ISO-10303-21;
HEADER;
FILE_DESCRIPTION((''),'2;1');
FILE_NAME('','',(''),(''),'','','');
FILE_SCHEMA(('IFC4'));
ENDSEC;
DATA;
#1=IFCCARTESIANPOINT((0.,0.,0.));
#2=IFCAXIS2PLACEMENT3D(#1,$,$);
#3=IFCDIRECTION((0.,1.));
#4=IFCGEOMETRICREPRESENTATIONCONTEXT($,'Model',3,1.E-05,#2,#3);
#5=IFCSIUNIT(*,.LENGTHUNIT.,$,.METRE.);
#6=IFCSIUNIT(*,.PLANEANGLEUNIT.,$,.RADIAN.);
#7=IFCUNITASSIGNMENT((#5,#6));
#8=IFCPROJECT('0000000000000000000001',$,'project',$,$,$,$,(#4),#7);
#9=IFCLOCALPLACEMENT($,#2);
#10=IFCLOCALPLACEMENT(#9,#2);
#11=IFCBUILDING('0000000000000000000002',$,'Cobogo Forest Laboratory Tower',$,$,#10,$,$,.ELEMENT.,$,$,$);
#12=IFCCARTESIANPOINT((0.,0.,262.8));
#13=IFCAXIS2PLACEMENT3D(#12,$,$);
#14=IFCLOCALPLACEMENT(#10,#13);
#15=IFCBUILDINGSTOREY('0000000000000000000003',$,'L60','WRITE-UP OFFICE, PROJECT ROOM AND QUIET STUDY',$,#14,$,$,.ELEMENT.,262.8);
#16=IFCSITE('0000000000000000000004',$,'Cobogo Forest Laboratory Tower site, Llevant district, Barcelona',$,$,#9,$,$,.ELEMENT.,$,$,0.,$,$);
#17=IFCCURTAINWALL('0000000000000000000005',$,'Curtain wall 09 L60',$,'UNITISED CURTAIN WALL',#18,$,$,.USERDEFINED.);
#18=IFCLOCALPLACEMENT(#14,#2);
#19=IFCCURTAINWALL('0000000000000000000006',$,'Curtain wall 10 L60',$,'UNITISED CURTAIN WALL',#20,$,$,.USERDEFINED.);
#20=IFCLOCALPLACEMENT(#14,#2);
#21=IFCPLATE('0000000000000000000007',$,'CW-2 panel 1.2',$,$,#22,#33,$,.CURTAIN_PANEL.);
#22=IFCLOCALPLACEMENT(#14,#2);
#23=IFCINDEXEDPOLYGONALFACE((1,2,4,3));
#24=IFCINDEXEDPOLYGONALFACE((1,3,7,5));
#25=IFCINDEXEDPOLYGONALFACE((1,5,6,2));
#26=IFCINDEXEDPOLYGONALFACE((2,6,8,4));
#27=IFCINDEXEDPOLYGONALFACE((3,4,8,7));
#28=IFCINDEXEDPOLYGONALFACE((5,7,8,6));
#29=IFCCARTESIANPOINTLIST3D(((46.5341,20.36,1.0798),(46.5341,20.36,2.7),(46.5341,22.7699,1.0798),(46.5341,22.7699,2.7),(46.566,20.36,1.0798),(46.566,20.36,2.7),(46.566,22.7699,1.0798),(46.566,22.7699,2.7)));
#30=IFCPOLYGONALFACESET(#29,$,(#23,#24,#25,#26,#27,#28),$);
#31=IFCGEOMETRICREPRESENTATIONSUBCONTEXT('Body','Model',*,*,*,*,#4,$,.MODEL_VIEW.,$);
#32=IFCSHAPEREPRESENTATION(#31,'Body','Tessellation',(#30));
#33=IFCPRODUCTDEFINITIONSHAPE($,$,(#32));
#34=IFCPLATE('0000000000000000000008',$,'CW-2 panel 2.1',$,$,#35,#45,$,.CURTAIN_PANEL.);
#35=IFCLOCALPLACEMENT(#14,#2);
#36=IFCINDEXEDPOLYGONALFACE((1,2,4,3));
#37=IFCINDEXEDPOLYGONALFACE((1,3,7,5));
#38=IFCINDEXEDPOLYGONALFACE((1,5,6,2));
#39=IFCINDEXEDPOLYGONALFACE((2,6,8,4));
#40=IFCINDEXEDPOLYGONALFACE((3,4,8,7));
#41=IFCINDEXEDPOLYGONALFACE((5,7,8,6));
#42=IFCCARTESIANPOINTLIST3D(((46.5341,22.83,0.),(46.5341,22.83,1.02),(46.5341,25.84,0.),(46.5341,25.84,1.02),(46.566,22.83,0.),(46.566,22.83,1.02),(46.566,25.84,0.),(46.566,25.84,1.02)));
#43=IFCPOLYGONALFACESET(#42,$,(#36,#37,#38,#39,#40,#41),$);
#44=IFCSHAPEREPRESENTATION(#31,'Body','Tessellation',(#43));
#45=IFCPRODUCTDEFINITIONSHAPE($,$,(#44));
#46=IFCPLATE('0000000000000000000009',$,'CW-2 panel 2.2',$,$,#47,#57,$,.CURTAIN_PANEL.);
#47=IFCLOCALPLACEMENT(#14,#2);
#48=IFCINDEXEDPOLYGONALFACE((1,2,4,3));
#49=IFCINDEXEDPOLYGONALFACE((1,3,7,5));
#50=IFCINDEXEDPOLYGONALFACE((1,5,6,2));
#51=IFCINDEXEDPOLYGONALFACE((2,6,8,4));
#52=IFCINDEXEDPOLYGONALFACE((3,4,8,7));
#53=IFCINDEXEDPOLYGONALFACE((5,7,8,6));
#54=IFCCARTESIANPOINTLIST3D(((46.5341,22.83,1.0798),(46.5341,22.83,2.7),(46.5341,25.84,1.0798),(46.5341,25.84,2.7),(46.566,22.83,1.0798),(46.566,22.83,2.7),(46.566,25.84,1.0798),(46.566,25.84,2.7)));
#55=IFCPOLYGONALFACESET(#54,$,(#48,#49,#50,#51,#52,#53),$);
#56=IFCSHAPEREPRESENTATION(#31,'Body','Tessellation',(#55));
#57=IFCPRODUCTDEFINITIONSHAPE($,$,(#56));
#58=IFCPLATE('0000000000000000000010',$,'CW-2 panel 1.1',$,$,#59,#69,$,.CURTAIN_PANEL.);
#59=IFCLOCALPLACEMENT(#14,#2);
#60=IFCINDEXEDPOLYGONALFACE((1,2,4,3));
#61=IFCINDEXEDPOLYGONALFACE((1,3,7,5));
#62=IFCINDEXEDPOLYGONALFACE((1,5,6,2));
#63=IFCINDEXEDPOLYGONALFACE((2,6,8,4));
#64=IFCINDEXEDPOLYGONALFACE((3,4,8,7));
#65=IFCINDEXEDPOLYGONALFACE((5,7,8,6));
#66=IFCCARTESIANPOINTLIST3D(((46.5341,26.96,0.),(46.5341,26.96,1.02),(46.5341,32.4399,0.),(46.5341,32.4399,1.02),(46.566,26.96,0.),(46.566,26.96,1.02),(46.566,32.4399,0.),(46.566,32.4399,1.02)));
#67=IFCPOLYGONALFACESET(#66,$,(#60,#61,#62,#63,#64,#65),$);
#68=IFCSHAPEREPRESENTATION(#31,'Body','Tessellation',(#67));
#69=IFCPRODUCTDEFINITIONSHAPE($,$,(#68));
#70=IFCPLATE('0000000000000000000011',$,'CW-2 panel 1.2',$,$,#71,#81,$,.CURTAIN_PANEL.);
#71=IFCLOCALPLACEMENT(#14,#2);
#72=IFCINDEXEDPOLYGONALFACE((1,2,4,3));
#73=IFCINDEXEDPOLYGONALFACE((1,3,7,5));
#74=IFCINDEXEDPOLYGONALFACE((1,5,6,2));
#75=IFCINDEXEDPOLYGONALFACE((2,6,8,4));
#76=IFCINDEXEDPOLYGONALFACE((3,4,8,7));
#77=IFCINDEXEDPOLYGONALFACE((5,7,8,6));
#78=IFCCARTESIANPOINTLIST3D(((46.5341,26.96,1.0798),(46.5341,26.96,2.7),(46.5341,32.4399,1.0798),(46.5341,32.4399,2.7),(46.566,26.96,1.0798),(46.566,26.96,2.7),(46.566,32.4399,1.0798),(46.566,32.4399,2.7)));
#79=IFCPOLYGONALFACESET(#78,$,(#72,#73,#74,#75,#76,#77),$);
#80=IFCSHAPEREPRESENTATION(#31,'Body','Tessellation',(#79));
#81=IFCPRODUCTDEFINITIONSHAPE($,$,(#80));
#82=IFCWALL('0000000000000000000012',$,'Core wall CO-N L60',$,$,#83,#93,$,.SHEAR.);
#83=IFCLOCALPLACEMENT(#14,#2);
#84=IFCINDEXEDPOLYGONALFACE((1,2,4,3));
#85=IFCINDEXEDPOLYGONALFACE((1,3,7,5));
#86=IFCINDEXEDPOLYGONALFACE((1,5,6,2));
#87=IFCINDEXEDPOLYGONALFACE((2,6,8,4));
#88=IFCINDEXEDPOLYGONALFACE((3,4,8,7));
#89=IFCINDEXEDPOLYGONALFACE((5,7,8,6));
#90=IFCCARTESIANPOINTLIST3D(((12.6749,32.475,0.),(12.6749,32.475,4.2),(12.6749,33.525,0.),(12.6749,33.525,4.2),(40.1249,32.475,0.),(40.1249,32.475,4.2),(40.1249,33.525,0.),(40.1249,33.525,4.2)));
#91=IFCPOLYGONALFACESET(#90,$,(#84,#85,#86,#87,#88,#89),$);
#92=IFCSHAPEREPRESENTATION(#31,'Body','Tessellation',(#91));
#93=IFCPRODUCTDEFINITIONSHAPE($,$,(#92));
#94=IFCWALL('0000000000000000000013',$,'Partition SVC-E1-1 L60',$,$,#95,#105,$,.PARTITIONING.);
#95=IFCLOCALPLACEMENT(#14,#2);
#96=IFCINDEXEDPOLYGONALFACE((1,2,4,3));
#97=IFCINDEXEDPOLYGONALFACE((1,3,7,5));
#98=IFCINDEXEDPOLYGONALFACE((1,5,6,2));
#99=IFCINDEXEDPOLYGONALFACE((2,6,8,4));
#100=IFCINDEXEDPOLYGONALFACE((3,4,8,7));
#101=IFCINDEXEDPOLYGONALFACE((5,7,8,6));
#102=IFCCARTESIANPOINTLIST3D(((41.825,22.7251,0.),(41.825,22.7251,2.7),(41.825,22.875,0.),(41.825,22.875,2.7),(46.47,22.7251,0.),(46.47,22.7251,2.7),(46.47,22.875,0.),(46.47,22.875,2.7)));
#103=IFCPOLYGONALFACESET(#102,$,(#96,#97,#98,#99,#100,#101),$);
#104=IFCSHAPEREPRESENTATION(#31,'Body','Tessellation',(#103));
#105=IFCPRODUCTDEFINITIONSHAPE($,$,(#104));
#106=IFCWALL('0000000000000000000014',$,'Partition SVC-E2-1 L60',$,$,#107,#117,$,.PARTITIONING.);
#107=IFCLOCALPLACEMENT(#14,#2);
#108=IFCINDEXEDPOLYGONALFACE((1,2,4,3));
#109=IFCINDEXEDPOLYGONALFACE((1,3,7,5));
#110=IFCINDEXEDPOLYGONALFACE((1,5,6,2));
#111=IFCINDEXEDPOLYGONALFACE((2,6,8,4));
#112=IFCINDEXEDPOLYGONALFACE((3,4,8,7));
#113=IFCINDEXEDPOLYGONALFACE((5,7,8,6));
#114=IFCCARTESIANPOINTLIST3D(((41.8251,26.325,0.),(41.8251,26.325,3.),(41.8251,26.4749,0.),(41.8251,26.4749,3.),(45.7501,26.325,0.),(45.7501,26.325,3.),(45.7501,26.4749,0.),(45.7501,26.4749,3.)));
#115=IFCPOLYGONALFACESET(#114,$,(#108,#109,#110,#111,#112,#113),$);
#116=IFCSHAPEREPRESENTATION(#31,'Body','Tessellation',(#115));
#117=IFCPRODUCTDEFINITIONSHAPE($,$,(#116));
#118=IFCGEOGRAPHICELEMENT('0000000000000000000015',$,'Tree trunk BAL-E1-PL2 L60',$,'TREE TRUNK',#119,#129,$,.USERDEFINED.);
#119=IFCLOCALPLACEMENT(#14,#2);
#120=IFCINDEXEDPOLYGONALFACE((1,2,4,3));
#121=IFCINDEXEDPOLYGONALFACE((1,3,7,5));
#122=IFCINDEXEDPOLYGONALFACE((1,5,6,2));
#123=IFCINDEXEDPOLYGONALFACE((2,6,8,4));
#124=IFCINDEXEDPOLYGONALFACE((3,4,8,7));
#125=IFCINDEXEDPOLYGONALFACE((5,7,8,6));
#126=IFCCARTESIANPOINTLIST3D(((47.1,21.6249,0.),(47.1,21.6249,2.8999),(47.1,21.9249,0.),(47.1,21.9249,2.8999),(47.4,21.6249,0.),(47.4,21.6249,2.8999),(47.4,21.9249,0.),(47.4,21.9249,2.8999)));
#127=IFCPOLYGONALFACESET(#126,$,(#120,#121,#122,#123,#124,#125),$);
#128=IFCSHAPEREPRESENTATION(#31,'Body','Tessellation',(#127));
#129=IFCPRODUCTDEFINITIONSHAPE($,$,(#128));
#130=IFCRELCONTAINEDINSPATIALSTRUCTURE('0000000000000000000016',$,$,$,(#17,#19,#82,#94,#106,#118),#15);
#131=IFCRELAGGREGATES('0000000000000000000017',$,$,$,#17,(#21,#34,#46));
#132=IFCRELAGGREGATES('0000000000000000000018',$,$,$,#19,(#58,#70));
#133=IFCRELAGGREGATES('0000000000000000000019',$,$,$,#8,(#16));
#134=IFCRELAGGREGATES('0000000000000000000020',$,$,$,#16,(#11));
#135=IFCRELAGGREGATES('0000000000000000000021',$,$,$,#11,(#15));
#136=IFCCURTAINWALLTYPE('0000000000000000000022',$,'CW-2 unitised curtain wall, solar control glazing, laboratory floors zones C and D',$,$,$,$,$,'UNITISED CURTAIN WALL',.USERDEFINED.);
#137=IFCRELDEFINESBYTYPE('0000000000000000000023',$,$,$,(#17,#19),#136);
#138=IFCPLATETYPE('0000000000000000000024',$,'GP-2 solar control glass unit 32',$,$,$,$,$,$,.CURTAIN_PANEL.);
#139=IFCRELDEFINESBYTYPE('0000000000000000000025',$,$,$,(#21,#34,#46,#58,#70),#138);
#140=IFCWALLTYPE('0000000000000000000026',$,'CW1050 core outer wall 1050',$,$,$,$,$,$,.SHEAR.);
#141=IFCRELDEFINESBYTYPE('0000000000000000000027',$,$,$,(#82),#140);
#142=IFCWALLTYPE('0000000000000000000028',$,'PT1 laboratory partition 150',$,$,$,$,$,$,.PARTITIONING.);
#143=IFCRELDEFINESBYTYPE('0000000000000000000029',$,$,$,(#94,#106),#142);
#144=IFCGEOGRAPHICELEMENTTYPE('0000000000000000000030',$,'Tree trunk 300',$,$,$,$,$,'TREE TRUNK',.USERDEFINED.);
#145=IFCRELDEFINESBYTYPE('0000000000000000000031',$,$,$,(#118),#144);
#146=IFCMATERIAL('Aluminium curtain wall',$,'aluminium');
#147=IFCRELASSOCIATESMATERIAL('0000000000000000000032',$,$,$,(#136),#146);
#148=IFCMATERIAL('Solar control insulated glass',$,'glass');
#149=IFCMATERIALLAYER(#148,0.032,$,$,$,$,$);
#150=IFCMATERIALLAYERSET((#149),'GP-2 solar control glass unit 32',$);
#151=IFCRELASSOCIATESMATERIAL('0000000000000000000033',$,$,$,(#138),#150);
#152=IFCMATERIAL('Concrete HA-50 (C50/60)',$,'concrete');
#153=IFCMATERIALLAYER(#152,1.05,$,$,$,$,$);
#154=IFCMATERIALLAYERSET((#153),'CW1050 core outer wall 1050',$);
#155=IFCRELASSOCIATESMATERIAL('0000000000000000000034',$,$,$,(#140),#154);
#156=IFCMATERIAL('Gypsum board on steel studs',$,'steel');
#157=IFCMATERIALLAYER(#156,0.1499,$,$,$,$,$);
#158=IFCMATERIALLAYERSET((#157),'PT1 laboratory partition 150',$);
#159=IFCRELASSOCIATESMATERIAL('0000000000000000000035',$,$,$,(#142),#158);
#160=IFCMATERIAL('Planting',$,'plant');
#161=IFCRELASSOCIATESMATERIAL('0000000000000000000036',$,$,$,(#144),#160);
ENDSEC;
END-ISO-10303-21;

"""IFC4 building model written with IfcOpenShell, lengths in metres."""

from ifc_helpers import new_model, si_unit, direction, frame, frame_2d, origin, origin_2d, place, context, subcontext, project, spatial, rectangle, extrude, material, layer, layer_set, type_object, element, aggregate, save


model = new_model("IFC4")

# Units and contexts
model_context = context("Model", 3, precision=1e-05, world=origin(), true_north=direction((0.0, 1.0)))
body_context = subcontext(model_context, "Body", "Model", "MODEL_VIEW")
ifc_project = project(units=[si_unit("LENGTHUNIT", "METRE"), si_unit("PLANEANGLEUNIT", "RADIAN")], contexts=[model_context])

# Site, building, storey
site_placement = place(None, origin())
site = spatial("IfcSite", under=ifc_project, at=site_placement, Name="Cobogo Forest Laboratory Tower site, Llevant district, Barcelona", CompositionType="ELEMENT", RefElevation=0.0)
building_placement = place(site_placement, origin())
building = spatial("IfcBuilding", under=site, at=building_placement, Name="Cobogo Forest Laboratory Tower", CompositionType="ELEMENT")
storey_placement = place(building_placement, frame((0.0, 0.0, 262.8)))
storey = spatial("IfcBuildingStorey", under=building, at=storey_placement, Name="L60", Description="WRITE-UP OFFICE, PROJECT ROOM AND QUIET STUDY", CompositionType="ELEMENT", Elevation=262.8)

# Shared definitions
ifc_material_1 = material(Name="Concrete HA-50 (C50/60)", Category="concrete")

# Curtain walls
ifc_material_2 = material(Name="Aluminium curtain wall", Category="aluminium")
curtain_wall_type = type_object("IfcCurtainWallType", Name="CW-2 unitised curtain wall, solar control glazing, laboratory floors zones C and D", ElementType="UNITISED CURTAIN WALL", PredefinedType="USERDEFINED", material=ifc_material_2)
curtain_wall_1_placement = place(storey_placement, origin())
curtain_wall_1 = element("IfcCurtainWall", 1, at=curtain_wall_1_placement, inside=storey, type_object=curtain_wall_type, Name="Curtain wall 09 L60", ObjectType="UNITISED CURTAIN WALL", PredefinedType="USERDEFINED")
curtain_wall_2_placement = place(storey_placement, origin())
curtain_wall_2 = element("IfcCurtainWall", 2, at=curtain_wall_2_placement, inside=storey, type_object=curtain_wall_type, Name="Curtain wall 10 L60", ObjectType="UNITISED CURTAIN WALL", PredefinedType="USERDEFINED")

# Plates
ifc_material_3 = material(Name="Solar control insulated glass", Category="glass")
ifc_layer_1 = layer(ifc_material_3, 0.032)
ifc_layer_set_1 = layer_set([ifc_layer_1], Name="GP-2 solar control glass unit 32")
plate_type_1 = type_object("IfcPlateType", Name="GP-2 solar control glass unit 32", PredefinedType="CURTAIN_PANEL", material=ifc_layer_set_1)
plate_1_placement = place(storey_placement, frame((46.55, 21.5649, 1.0798), z_axis=(0.0, 0.0, 1.0), x_axis=(0.0, 1.0, 0.0)))
plate_1 = element("IfcPlate", 3, at=plate_1_placement, type_object=plate_type_1, Name="CW-2 panel 1.2", PredefinedType="CURTAIN_PANEL", context=body_context, shape_type="SweptSolid", body=[
    extrude(rectangle(XDim=2.4099, YDim=0.032, at=origin_2d()), origin(), (0.0, 0.0, 1.0), 1.6201),
])
plate_2_placement = place(storey_placement, frame((46.55, 24.335, 0.0), z_axis=(0.0, 0.0, 1.0), x_axis=(0.0, 1.0, 0.0)))
plate_2 = element("IfcPlate", 4, at=plate_2_placement, type_object=plate_type_1, Name="CW-2 panel 2.1", PredefinedType="CURTAIN_PANEL", context=body_context, shape_type="SweptSolid", body=[
    extrude(rectangle(XDim=3.01, YDim=0.032, at=origin_2d()), origin(), (0.0, 0.0, 1.0), 1.02),
])
plate_3_placement = place(storey_placement, frame((46.55, 24.335, 1.0798), z_axis=(0.0, 0.0, 1.0), x_axis=(0.0, 1.0, 0.0)))
plate_3 = element("IfcPlate", 5, at=plate_3_placement, type_object=plate_type_1, Name="CW-2 panel 2.2", PredefinedType="CURTAIN_PANEL", context=body_context, shape_type="SweptSolid", body=[
    extrude(rectangle(XDim=3.01, YDim=0.032, at=origin_2d()), origin(), (0.0, 0.0, 1.0), 1.6201),
])
aggregate(curtain_wall_1, [plate_1, plate_2, plate_3])
plate_4_placement = place(storey_placement, frame((46.55, 29.7, 0.0), z_axis=(0.0, 0.0, 1.0), x_axis=(0.0, 1.0, 0.0)))
plate_4 = element("IfcPlate", 6, at=plate_4_placement, type_object=plate_type_1, Name="CW-2 panel 1.1", PredefinedType="CURTAIN_PANEL", context=body_context, shape_type="SweptSolid", body=[
    extrude(rectangle(XDim=5.48, YDim=0.032, at=origin_2d()), origin(), (0.0, 0.0, 1.0), 1.02),
])
plate_5_placement = place(storey_placement, frame((46.55, 29.7, 1.0798), z_axis=(0.0, 0.0, 1.0), x_axis=(0.0, 1.0, 0.0)))
plate_5 = element("IfcPlate", 7, at=plate_5_placement, type_object=plate_type_1, Name="CW-2 panel 1.2", PredefinedType="CURTAIN_PANEL", context=body_context, shape_type="SweptSolid", body=[
    extrude(rectangle(XDim=5.48, YDim=0.032, at=origin_2d()), origin(), (0.0, 0.0, 1.0), 1.6201),
])
aggregate(curtain_wall_2, [plate_4, plate_5])

# Walls
ifc_layer_2 = layer(ifc_material_1, 1.05)
ifc_layer_set_2 = layer_set([ifc_layer_2], Name="CW1050 core outer wall 1050")
wall_type_1 = type_object("IfcWallType", Name="CW1050 core outer wall 1050", PredefinedType="SHEAR", material=ifc_layer_set_2)
wall_1_placement = place(storey_placement, frame((40.125, 33.0, 0.0), z_axis=(0.0, 0.0, 1.0), x_axis=(-1.0, 0.0, 0.0)))
element("IfcWall", 8, at=wall_1_placement, inside=storey, type_object=wall_type_1, Name="Core wall CO-N L60", PredefinedType="SHEAR", context=body_context, shape_type="SweptSolid", body=[
    extrude(rectangle(XDim=27.45, YDim=1.05, at=frame_2d((13.7251, 0.0))), origin(), (0.0, 0.0, 1.0), 4.2),
])
ifc_material_4 = material(Name="Gypsum board on steel studs", Category="steel")
ifc_layer_3 = layer(ifc_material_4, 0.1499)
ifc_layer_set_3 = layer_set([ifc_layer_3], Name="PT1 laboratory partition 150")
wall_type_2 = type_object("IfcWallType", Name="PT1 laboratory partition 150", PredefinedType="PARTITIONING", material=ifc_layer_set_3)
wall_2_placement = place(storey_placement, frame((46.47, 22.8, 0.0), z_axis=(0.0, 0.0, 1.0), x_axis=(-1.0, 0.0, 0.0)))
element("IfcWall", 9, at=wall_2_placement, inside=storey, type_object=wall_type_2, Name="Partition SVC-E1-1 L60", PredefinedType="PARTITIONING", context=body_context, shape_type="SweptSolid", body=[
    extrude(rectangle(XDim=4.645, YDim=0.1499, at=frame_2d((2.3225, 0.0))), origin(), (0.0, 0.0, 1.0), 2.7),
])
wall_3_placement = place(storey_placement, frame((45.75, 26.3999, 0.0), z_axis=(0.0, 0.0, 1.0), x_axis=(-1.0, 0.0, 0.0)))
element("IfcWall", 10, at=wall_3_placement, inside=storey, type_object=wall_type_2, Name="Partition SVC-E2-1 L60", PredefinedType="PARTITIONING", context=body_context, shape_type="SweptSolid", body=[
    extrude(rectangle(XDim=3.925, YDim=0.1499, at=frame_2d((1.9624, 0.0))), origin(), (0.0, 0.0, 1.0), 3.0),
])

# Geographic element
ifc_material_5 = material(Name="Planting", Category="plant")
geographic_element_type = type_object("IfcGeographicElementType", Name="Tree trunk 300", ElementType="TREE TRUNK", PredefinedType="USERDEFINED", material=ifc_material_5)
geographic_element_placement = place(storey_placement, frame((47.25, 21.7749, 0.0), z_axis=(0.0, 0.0, 1.0), x_axis=(1.0, 0.0, 0.0)))
element("IfcGeographicElement", 11, at=geographic_element_placement, inside=storey, type_object=geographic_element_type, Name="Tree trunk BAL-E1-PL2 L60", ObjectType="TREE TRUNK", PredefinedType="USERDEFINED", context=body_context, shape_type="SweptSolid", body=[
    extrude(rectangle(XDim=0.3, YDim=0.3, at=origin_2d()), origin(), (0.0, 0.0, 1.0), 2.8999),
])

save(model, "model.ifc")
